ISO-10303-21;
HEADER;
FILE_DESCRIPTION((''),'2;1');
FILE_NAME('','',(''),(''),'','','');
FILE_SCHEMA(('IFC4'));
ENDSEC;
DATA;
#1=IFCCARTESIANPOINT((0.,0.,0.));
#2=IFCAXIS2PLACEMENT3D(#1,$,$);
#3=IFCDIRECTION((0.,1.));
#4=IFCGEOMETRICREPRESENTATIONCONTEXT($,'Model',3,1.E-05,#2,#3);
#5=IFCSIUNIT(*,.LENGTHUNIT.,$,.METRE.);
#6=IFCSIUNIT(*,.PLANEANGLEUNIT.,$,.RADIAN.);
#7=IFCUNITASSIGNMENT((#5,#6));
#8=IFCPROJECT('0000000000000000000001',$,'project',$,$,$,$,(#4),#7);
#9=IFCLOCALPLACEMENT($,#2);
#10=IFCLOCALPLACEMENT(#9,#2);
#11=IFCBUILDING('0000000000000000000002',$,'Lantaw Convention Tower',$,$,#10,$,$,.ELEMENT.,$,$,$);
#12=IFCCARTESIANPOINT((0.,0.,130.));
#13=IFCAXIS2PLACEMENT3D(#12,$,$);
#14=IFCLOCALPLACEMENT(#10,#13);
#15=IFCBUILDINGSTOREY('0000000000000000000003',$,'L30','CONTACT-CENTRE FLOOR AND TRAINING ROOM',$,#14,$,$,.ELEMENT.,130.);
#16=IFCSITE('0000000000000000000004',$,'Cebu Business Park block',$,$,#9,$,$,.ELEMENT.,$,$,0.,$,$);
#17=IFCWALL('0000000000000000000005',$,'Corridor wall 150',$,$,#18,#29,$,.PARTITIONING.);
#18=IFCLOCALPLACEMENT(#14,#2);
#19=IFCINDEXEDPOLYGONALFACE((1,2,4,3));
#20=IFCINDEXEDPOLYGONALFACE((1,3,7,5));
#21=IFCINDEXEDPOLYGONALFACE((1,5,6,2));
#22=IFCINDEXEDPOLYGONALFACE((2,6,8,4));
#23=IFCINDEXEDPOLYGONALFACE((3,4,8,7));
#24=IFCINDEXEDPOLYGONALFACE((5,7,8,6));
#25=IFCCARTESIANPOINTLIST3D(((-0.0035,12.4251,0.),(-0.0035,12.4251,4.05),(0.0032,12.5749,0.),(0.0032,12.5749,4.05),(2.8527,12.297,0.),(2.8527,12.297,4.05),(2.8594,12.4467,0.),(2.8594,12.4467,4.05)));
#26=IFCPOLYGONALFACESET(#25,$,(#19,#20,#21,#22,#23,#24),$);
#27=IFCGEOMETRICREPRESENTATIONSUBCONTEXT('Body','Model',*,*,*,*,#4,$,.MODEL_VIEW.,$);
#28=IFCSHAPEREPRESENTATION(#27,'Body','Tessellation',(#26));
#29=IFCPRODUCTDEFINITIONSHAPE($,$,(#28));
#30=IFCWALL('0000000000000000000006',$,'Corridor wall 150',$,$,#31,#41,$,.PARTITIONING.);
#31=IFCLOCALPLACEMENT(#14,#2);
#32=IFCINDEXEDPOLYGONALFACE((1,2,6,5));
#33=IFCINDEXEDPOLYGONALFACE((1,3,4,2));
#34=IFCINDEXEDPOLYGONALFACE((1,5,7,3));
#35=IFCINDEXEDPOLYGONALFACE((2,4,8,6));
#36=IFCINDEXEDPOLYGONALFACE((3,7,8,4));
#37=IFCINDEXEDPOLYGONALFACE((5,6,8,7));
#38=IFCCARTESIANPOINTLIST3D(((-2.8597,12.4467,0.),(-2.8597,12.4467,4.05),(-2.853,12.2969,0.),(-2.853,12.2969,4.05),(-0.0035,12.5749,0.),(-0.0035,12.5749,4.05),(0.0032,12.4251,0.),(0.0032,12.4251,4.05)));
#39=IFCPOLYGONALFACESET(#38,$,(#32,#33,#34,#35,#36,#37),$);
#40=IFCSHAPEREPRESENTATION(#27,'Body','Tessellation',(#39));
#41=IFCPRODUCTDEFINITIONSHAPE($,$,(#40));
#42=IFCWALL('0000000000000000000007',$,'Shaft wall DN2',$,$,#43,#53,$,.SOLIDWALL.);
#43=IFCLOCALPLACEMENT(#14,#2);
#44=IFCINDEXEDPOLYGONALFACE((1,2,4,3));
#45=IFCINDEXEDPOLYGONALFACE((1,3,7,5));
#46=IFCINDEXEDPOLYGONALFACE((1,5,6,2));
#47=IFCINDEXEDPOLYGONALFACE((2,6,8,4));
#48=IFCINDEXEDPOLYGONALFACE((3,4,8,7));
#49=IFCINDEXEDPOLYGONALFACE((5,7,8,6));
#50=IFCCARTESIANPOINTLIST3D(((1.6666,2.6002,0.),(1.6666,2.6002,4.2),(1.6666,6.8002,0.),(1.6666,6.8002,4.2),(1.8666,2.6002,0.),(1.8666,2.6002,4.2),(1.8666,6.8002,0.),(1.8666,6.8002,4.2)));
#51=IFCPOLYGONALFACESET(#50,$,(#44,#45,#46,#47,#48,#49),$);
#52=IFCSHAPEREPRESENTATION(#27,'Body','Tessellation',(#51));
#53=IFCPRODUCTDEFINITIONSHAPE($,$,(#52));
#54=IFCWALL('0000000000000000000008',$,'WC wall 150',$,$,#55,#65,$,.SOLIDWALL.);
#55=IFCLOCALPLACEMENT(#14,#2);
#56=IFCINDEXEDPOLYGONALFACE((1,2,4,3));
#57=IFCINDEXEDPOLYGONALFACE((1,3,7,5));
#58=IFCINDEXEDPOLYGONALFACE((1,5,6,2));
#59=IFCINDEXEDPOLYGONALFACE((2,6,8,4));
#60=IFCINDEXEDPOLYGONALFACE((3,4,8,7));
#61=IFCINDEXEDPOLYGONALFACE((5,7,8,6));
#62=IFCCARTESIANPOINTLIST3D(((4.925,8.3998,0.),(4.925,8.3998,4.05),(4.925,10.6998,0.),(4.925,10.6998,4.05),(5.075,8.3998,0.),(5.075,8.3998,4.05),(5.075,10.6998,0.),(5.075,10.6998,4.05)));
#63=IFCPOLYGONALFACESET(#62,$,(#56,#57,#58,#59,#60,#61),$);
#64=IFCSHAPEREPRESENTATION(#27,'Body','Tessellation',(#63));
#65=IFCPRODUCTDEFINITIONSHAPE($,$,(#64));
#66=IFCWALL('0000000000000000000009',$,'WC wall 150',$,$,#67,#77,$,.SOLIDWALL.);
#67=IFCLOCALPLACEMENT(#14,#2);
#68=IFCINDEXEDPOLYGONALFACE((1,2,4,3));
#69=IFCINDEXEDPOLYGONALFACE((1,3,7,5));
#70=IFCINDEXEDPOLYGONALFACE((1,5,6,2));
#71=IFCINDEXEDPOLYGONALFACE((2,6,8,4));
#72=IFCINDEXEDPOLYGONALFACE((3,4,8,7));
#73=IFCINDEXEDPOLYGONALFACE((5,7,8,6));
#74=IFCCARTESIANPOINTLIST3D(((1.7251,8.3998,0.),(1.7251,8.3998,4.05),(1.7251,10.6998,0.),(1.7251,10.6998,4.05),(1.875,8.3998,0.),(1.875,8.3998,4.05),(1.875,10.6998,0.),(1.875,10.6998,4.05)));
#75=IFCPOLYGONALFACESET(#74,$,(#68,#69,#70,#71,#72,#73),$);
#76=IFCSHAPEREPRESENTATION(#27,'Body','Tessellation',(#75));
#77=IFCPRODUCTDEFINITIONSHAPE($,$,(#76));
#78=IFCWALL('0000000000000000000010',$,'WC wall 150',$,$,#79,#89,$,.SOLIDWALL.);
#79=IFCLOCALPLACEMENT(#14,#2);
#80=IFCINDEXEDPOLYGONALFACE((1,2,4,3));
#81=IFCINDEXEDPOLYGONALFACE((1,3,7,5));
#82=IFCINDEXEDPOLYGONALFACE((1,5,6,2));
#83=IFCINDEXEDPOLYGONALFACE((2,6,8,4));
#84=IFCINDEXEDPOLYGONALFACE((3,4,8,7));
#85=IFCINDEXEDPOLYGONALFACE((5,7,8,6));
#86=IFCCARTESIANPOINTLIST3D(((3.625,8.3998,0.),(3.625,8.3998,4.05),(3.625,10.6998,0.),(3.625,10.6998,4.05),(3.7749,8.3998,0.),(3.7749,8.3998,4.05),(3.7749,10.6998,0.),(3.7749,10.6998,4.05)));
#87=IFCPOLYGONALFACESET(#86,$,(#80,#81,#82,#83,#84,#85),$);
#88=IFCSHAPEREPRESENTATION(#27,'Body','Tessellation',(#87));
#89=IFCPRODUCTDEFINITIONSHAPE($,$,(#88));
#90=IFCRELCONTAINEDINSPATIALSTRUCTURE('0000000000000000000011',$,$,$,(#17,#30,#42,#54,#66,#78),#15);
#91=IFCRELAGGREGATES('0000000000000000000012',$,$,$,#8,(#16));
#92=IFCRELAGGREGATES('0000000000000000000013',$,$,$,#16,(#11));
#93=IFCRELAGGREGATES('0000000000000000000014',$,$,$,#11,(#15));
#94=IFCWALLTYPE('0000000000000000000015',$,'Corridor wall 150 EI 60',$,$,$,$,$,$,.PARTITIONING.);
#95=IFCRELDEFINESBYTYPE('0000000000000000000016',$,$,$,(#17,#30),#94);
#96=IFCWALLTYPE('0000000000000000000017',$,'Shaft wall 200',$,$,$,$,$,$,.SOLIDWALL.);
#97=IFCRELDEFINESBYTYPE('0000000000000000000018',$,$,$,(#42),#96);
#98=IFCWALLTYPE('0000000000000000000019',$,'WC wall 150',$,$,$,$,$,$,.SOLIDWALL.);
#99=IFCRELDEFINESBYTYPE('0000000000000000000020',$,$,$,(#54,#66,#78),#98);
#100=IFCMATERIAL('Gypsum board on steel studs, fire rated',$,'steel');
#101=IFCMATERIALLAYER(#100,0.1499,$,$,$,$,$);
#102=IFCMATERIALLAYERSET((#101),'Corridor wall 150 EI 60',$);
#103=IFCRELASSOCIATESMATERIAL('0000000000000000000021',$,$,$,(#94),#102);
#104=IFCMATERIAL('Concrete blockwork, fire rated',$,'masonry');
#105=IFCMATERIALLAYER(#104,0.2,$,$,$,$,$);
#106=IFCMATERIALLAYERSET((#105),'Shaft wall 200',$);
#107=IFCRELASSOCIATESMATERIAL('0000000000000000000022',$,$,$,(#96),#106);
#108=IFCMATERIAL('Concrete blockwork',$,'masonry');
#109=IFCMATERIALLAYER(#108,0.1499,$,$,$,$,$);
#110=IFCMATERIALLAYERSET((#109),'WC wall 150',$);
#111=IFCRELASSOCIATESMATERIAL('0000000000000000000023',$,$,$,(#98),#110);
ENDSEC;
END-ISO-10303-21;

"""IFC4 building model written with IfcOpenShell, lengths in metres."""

from ifc_helpers import new_model, si_unit, direction, frame, frame_2d, origin, place, context, subcontext, project, spatial, rectangle, extrude, material, layer, layer_set, type_object, element, save


model = new_model("IFC4")

# Units and contexts
model_context = context("Model", 3, precision=1e-05, world=origin(), true_north=direction((0.0, 1.0)))
body_context = subcontext(model_context, "Body", "Model", "MODEL_VIEW")
ifc_project = project(units=[si_unit("LENGTHUNIT", "METRE"), si_unit("PLANEANGLEUNIT", "RADIAN")], contexts=[model_context])

# Site, building, storey
site_placement = place(None, origin())
site = spatial("IfcSite", under=ifc_project, at=site_placement, Name="Cebu Business Park block", CompositionType="ELEMENT", RefElevation=0.0)
building_placement = place(site_placement, origin())
building = spatial("IfcBuilding", under=site, at=building_placement, Name="Lantaw Convention Tower", CompositionType="ELEMENT")
storey_placement = place(building_placement, frame((0.0, 0.0, 130.0)))
storey = spatial("IfcBuildingStorey", under=building, at=storey_placement, Name="L30", Description="CONTACT-CENTRE FLOOR AND TRAINING ROOM", CompositionType="ELEMENT", Elevation=130.0)

# Walls
ifc_material_1 = material(Name="Gypsum board on steel studs, fire rated", Category="steel")
ifc_layer_1 = layer(ifc_material_1, 0.1499)
ifc_layer_set_1 = layer_set([ifc_layer_1], Name="Corridor wall 150 EI 60")
wall_type_1 = type_object("IfcWallType", Name="Corridor wall 150 EI 60", PredefinedType="PARTITIONING", material=ifc_layer_set_1)
for number, where, z_axis, x_axis, name in (
    (1, (2.8562, 12.3718, 0.0), (0.0, 0.0, 1.0), (-0.998995, 0.044831, 0.0), "Corridor wall 150"),
    (2, (0.0, 12.5, 0.0), (0.0, 0.0, 1.0), (-0.998995, -0.044831, 0.0), "Corridor wall 150"),
):
    element("IfcWall", number, at=place(storey_placement, frame(where, z_axis=z_axis, x_axis=x_axis)), inside=storey, type_object=wall_type_1, Name=name, PredefinedType="PARTITIONING", context=body_context, shape_type="SweptSolid", body=[
        extrude(rectangle(XDim=2.8591, YDim=0.1499, at=frame_2d((1.4297, 0.0))), origin(), (0.0, 0.0, 1.0), 4.05),
    ])
ifc_material_2 = material(Name="Concrete blockwork, fire rated", Category="masonry")
ifc_layer_2 = layer(ifc_material_2, 0.2)
ifc_layer_set_2 = layer_set([ifc_layer_2], Name="Shaft wall 200")
wall_type_2 = type_object("IfcWallType", Name="Shaft wall 200", PredefinedType="SOLIDWALL", material=ifc_layer_set_2)
wall_1_placement = place(storey_placement, frame((1.7666, 2.6001, 0.0), z_axis=(0.0, 0.0, 1.0), x_axis=(0.0, 1.0, 0.0)))
element("IfcWall", 3, at=wall_1_placement, inside=storey, type_object=wall_type_2, Name="Shaft wall DN2", PredefinedType="SOLIDWALL", context=body_context, shape_type="SweptSolid", body=[
    extrude(rectangle(XDim=4.2, YDim=0.2, at=frame_2d((2.1001, 0.0))), origin(), (0.0, 0.0, 1.0), 4.2),
])
ifc_material_3 = material(Name="Concrete blockwork", Category="masonry")
ifc_layer_3 = layer(ifc_material_3, 0.1499)
ifc_layer_set_3 = layer_set([ifc_layer_3], Name="WC wall 150")
wall_type_3 = type_object("IfcWallType", Name="WC wall 150", PredefinedType="SOLIDWALL", material=ifc_layer_set_3)
for number, where, z_axis, x_axis, name in (
    (4, (5.0, 8.3999, 0.0), (0.0, 0.0, 1.0), (0.0, 1.0, 0.0), "WC wall 150"),
    (5, (1.8, 8.3999, 0.0), (0.0, 0.0, 1.0), (0.0, 1.0, 0.0), "WC wall 150"),
    (6, (3.7, 8.3999, 0.0), (0.0, 0.0, 1.0), (0.0, 1.0, 0.0), "WC wall 150"),
):
    element("IfcWall", number, at=place(storey_placement, frame(where, z_axis=z_axis, x_axis=x_axis)), inside=storey, type_object=wall_type_3, Name=name, PredefinedType="SOLIDWALL", context=body_context, shape_type="SweptSolid", body=[
        extrude(rectangle(XDim=2.3, YDim=0.1499, at=frame_2d((1.1499, 0.0))), origin(), (0.0, 0.0, 1.0), 4.05),
    ])

save(model, "model.ifc")
